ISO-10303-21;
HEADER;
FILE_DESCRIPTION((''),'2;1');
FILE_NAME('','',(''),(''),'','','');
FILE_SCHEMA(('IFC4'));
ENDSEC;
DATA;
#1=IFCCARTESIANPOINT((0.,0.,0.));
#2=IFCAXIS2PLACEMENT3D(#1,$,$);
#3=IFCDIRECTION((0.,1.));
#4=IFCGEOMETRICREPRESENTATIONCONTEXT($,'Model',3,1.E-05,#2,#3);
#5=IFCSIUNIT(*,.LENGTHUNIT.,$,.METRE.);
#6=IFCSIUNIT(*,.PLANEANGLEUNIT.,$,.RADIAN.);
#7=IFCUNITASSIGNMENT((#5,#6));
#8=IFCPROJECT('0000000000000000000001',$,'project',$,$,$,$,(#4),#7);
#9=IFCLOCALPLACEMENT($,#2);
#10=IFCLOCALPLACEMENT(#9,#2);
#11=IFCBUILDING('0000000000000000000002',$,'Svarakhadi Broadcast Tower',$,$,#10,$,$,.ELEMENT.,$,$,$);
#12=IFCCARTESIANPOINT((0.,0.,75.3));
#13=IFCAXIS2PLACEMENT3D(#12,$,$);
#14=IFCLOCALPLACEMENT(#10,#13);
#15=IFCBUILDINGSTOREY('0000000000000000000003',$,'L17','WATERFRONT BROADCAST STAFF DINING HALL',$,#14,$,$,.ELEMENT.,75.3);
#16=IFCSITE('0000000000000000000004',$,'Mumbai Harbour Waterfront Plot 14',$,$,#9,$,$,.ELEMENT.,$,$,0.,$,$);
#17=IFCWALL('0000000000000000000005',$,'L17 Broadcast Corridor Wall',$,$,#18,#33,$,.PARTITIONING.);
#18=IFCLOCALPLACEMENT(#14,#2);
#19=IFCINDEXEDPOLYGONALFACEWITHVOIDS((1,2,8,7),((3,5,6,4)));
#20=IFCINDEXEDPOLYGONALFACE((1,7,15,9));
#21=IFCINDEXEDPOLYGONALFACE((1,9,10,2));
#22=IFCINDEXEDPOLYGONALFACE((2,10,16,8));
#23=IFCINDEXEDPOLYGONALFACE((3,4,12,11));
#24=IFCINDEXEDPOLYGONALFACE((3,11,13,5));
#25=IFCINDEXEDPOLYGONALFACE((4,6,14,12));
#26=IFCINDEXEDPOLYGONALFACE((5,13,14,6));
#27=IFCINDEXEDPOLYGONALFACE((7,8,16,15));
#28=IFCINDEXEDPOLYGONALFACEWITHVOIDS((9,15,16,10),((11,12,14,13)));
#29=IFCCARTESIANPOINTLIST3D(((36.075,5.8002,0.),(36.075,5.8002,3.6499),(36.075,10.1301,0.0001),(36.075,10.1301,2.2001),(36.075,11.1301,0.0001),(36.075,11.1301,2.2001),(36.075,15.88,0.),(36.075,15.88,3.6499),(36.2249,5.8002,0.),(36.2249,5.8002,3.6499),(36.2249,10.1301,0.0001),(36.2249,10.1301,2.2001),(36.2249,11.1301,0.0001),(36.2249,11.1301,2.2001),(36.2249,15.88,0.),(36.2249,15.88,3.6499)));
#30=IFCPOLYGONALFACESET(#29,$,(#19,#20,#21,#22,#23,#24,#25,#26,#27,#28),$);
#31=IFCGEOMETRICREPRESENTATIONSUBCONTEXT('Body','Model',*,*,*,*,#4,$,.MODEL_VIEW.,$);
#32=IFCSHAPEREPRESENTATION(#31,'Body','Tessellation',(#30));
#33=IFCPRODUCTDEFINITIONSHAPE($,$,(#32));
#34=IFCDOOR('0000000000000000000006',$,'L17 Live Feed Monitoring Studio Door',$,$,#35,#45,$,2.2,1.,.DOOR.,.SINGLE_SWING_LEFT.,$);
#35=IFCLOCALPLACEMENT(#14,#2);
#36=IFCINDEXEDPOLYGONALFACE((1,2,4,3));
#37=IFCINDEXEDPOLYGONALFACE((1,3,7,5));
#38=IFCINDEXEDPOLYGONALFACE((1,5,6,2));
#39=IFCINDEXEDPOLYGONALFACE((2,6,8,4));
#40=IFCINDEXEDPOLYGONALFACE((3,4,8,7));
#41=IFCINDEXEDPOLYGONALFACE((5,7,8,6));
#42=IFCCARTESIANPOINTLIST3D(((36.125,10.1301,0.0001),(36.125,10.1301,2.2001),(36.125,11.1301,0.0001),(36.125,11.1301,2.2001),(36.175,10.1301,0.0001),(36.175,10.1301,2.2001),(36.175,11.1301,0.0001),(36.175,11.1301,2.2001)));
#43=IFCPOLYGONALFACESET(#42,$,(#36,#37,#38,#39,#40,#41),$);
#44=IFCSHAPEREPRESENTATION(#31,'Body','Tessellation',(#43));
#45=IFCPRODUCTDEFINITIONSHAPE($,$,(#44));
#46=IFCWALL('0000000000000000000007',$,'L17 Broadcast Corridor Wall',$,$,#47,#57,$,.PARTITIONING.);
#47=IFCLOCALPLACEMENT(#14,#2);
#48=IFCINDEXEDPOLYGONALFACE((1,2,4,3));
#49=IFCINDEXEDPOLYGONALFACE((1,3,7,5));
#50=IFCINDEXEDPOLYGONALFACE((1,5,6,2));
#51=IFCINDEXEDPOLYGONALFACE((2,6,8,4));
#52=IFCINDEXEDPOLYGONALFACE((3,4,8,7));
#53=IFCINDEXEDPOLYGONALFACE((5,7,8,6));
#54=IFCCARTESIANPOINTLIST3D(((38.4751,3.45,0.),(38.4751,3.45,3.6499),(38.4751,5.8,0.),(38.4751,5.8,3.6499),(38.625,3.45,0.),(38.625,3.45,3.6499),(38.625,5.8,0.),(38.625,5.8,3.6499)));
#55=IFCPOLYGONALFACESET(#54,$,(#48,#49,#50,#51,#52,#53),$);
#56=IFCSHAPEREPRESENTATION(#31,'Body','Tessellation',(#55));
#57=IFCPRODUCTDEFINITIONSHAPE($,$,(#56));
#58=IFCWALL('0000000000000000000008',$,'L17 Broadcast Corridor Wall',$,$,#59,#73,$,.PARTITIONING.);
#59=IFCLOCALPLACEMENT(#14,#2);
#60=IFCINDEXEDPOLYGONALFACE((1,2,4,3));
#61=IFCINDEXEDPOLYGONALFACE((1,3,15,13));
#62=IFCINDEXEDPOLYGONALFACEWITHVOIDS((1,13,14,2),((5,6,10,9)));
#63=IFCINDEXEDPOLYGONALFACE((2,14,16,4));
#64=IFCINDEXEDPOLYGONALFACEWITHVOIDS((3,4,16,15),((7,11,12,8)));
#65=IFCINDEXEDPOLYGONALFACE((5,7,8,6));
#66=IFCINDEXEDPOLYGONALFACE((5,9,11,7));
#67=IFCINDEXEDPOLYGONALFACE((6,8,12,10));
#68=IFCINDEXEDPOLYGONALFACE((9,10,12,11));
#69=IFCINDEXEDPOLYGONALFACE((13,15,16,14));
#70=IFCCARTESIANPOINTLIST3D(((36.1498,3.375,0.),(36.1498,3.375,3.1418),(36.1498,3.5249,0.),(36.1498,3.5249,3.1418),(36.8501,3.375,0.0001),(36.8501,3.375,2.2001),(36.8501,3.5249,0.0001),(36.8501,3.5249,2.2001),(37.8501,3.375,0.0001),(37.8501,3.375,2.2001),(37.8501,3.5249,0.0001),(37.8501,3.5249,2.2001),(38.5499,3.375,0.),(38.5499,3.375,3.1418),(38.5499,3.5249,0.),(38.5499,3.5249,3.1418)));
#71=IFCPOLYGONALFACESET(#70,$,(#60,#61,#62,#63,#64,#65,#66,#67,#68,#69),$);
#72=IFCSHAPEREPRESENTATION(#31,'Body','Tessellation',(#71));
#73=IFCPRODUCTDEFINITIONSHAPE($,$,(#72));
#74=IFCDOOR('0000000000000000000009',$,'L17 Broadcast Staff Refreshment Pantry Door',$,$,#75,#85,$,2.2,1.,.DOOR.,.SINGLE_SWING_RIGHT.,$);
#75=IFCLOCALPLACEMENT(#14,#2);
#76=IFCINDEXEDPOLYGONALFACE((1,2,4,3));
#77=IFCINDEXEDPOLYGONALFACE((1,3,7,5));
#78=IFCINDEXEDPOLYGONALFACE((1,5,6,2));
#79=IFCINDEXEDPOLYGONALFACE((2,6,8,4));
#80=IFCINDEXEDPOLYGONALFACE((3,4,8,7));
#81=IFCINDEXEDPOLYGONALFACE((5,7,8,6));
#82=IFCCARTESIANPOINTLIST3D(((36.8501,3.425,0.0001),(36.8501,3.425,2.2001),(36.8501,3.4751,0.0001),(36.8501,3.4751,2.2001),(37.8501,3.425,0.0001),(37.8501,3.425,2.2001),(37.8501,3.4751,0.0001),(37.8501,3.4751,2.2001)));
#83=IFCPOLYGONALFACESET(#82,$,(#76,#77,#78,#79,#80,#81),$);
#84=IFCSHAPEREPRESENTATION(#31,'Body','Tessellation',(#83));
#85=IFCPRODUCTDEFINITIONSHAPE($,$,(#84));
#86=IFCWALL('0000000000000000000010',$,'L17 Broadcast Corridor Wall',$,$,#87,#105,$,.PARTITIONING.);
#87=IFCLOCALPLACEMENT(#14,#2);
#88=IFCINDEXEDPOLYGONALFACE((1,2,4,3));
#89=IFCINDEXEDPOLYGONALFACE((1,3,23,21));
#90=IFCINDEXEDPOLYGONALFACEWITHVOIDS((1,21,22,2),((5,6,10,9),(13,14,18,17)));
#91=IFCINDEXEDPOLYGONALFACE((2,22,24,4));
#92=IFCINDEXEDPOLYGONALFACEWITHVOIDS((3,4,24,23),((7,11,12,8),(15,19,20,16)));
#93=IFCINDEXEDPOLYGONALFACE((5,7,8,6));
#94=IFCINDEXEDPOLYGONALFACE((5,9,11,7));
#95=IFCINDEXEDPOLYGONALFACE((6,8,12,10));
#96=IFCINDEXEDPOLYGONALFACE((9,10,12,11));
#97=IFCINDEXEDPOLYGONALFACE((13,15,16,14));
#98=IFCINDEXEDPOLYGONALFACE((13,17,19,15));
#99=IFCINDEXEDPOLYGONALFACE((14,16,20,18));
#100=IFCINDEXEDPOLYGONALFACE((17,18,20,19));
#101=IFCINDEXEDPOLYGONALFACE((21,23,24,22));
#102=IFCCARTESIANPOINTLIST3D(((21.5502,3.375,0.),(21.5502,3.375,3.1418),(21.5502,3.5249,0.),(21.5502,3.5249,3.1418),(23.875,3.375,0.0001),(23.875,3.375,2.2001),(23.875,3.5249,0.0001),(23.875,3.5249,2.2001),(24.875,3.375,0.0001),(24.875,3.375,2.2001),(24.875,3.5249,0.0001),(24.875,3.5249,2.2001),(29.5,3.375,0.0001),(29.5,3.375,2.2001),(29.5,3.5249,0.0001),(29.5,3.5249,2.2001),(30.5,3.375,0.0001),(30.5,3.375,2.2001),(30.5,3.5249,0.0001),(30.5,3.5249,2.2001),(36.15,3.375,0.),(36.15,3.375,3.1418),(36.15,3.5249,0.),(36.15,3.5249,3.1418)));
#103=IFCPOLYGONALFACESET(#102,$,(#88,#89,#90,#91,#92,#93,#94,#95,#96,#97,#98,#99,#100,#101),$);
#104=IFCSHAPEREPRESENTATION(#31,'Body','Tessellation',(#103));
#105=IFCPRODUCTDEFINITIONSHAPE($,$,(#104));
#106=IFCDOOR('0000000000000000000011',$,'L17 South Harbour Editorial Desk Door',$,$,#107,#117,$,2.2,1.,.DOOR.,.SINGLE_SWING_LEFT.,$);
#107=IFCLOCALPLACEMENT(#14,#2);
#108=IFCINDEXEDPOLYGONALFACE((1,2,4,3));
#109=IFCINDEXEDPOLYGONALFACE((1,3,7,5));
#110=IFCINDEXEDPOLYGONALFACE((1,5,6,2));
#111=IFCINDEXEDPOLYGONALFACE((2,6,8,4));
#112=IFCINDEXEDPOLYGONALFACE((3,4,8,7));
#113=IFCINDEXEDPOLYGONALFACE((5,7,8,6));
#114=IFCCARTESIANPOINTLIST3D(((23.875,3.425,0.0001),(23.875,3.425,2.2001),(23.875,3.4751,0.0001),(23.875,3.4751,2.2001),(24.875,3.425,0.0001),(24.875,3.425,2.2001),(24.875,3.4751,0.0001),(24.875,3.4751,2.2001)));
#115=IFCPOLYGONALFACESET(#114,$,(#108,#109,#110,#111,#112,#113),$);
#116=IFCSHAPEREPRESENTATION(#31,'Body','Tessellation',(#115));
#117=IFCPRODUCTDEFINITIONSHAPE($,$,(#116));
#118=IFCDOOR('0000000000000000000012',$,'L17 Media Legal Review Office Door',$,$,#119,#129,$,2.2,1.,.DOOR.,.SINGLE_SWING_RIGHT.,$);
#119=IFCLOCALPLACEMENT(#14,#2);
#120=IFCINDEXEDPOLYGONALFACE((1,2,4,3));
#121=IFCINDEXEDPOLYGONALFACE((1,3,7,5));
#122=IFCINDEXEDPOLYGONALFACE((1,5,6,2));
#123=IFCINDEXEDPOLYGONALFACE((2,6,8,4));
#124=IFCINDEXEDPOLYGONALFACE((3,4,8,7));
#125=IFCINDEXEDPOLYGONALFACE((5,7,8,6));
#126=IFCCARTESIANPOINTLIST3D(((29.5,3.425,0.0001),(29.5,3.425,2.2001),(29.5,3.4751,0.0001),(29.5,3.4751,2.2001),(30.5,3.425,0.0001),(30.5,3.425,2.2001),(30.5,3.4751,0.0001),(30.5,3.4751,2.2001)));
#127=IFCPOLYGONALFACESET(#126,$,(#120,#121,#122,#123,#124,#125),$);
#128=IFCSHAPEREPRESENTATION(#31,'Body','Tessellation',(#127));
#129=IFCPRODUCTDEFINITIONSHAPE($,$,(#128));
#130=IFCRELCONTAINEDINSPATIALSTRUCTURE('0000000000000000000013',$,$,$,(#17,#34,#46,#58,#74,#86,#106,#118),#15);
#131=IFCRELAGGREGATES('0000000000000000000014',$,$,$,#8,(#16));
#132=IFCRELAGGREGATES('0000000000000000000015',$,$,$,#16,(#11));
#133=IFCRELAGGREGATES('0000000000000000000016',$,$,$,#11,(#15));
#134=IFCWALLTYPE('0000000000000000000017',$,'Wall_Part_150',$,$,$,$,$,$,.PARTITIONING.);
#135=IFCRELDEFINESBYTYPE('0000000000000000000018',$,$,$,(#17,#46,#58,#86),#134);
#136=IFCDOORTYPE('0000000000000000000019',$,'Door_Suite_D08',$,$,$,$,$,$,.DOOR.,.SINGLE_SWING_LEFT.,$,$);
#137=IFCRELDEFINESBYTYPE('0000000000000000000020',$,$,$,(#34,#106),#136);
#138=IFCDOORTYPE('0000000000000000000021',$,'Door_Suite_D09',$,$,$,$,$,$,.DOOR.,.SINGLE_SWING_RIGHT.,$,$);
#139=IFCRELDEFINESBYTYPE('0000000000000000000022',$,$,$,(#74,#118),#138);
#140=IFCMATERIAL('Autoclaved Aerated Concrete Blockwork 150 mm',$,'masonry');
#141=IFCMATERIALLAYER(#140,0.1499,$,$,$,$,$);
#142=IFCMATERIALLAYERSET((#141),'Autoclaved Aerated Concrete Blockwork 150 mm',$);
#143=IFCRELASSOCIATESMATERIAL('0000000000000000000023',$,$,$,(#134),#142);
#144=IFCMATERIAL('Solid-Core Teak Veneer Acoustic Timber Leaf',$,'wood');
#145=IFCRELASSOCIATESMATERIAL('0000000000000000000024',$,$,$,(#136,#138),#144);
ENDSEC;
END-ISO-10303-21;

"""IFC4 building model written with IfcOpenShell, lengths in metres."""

from ifc_helpers import new_model, si_unit, direction, frame, frame_2d, origin, place, context, subcontext, project, spatial, rectangle, extrude, material, layer, layer_set, type_object, element, fill, save


model = new_model("IFC4")

# Units and contexts
model_context = context("Model", 3, precision=1e-05, world=origin(), true_north=direction((0.0, 1.0)))
body_context = subcontext(model_context, "Body", "Model", "MODEL_VIEW")
ifc_project = project(units=[si_unit("LENGTHUNIT", "METRE"), si_unit("PLANEANGLEUNIT", "RADIAN")], contexts=[model_context])

# Site, building, storey
site_placement = place(None, origin())
site = spatial("IfcSite", under=ifc_project, at=site_placement, Name="Mumbai Harbour Waterfront Plot 14", CompositionType="ELEMENT", RefElevation=0.0)
building_placement = place(site_placement, origin())
building = spatial("IfcBuilding", under=site, at=building_placement, Name="Svarakhadi Broadcast Tower", CompositionType="ELEMENT")
storey_placement = place(building_placement, frame((0.0, 0.0, 75.3)))
storey = spatial("IfcBuildingStorey", under=building, at=storey_placement, Name="L17", Description="WATERFRONT BROADCAST STAFF DINING HALL", CompositionType="ELEMENT", Elevation=75.3)

# Wall, opening, door
ifc_material_1 = material(Name="Autoclaved Aerated Concrete Blockwork 150 mm", Category="masonry")
ifc_layer_1 = layer(ifc_material_1, 0.1499)
ifc_layer_set_1 = layer_set([ifc_layer_1], Name="Autoclaved Aerated Concrete Blockwork 150 mm")
wall_type_1 = type_object("IfcWallType", Name="Wall_Part_150", PredefinedType="PARTITIONING", material=ifc_layer_set_1)
wall_1_placement = place(storey_placement, frame((36.1499, 5.8, 0.0), z_axis=(0.0, 0.0, 1.0), x_axis=(0.0, 1.0, 0.0)))
wall_1 = element("IfcWall", 1, at=wall_1_placement, inside=storey, type_object=wall_type_1, Name="L17 Broadcast Corridor Wall", PredefinedType="PARTITIONING", context=body_context, shape_type="SweptSolid", body=[
    extrude(rectangle(XDim=10.0798, YDim=0.1499, at=frame_2d((5.04, 0.0))), origin(), (0.0, 0.0, 1.0), 3.6499),
])
opening_1_placement = place(wall_1_placement, frame((4.3301, 0.0, 0.0)))
opening_1 = element("IfcOpeningElement", 2, at=opening_1_placement, cuts=wall_1, PredefinedType="OPENING", context=body_context, shape_type="SweptSolid", body=[
    extrude(rectangle(XDim=1.0, YDim=2.2, at=frame_2d((0.5, 1.1001))), frame((0.0, 0.085, 0.0), z_axis=(0.0, -1.0, 0.0), x_axis=(1.0, 0.0, 0.0)), (0.0, 0.0, 1.0), 0.1699),
])
ifc_material_2 = material(Name="Solid-Core Teak Veneer Acoustic Timber Leaf", Category="wood")
door_type_1 = type_object("IfcDoorType", Name="Door_Suite_D08", OperationType="SINGLE_SWING_LEFT", PredefinedType="DOOR", material=ifc_material_2)
door_1_placement = place(opening_1_placement, origin())
door_1 = element("IfcDoor", 3, at=door_1_placement, inside=storey, type_object=door_type_1, Name="L17 Live Feed Monitoring Studio Door", OperationType="SINGLE_SWING_LEFT", OverallHeight=2.2, OverallWidth=1.0, PredefinedType="DOOR", context=body_context, shape_type="SweptSolid", body=[
    extrude(rectangle(XDim=1.0, YDim=2.2, at=frame_2d((0.5, 1.1001))), frame((0.0, 0.0249, 0.0), z_axis=(0.0, -1.0, 0.0), x_axis=(1.0, 0.0, 0.0)), (0.0, 0.0, 1.0), 0.05),
])
fill(opening_1, door_1)

# Wall
wall_2_placement = place(storey_placement, frame((38.55, 5.8, 0.0), z_axis=(0.0, 0.0, 1.0), x_axis=(0.0, -1.0, 0.0)))
element("IfcWall", 4, at=wall_2_placement, inside=storey, type_object=wall_type_1, Name="L17 Broadcast Corridor Wall", PredefinedType="PARTITIONING", context=body_context, shape_type="SweptSolid", body=[
    extrude(rectangle(XDim=2.3501, YDim=0.1499, at=frame_2d((1.175, 0.0))), origin(), (0.0, 0.0, 1.0), 3.6499),
])

# Wall, opening, door
wall_3_placement = place(storey_placement, frame((38.55, 3.45, 0.0), z_axis=(0.0, 0.0, 1.0), x_axis=(-1.0, 0.0, 0.0)))
wall_3 = element("IfcWall", 5, at=wall_3_placement, inside=storey, type_object=wall_type_1, Name="L17 Broadcast Corridor Wall", PredefinedType="PARTITIONING", context=body_context, shape_type="SweptSolid", body=[
    extrude(rectangle(XDim=2.4001, YDim=0.1499, at=frame_2d((1.2002, 0.0))), origin(), (0.0, 0.0, 1.0), 3.1418),
])
opening_2_placement = place(wall_3_placement, frame((0.7, 0.0, 0.0)))
opening_2 = element("IfcOpeningElement", 6, at=opening_2_placement, cuts=wall_3, PredefinedType="OPENING", context=body_context, shape_type="SweptSolid", body=[
    extrude(rectangle(XDim=1.0, YDim=2.2, at=frame_2d((0.5, 1.1001))), frame((0.0, 0.085, 0.0), z_axis=(0.0, -1.0, 0.0), x_axis=(1.0, 0.0, 0.0)), (0.0, 0.0, 1.0), 0.1699),
])
door_type_2 = type_object("IfcDoorType", Name="Door_Suite_D09", OperationType="SINGLE_SWING_RIGHT", PredefinedType="DOOR", material=ifc_material_2)
door_2_placement = place(opening_2_placement, origin())
door_2 = element("IfcDoor", 7, at=door_2_placement, inside=storey, type_object=door_type_2, Name="L17 Broadcast Staff Refreshment Pantry Door", OperationType="SINGLE_SWING_RIGHT", OverallHeight=2.2, OverallWidth=1.0, PredefinedType="DOOR", context=body_context, shape_type="SweptSolid", body=[
    extrude(rectangle(XDim=1.0, YDim=2.2, at=frame_2d((0.5, 1.1001))), frame((0.0, 0.0249, 0.0), z_axis=(0.0, -1.0, 0.0), x_axis=(1.0, 0.0, 0.0)), (0.0, 0.0, 1.0), 0.05),
])
fill(opening_2, door_2)

# Wall, openings, doors
wall_4_placement = place(storey_placement, frame((36.1499, 3.45, 0.0), z_axis=(0.0, 0.0, 1.0), x_axis=(-1.0, 0.0, 0.0)))
wall_4 = element("IfcWall", 8, at=wall_4_placement, inside=storey, type_object=wall_type_1, Name="L17 Broadcast Corridor Wall", PredefinedType="PARTITIONING", context=body_context, shape_type="SweptSolid", body=[
    extrude(rectangle(XDim=14.5999, YDim=0.1499, at=frame_2d((7.2998, 0.0))), origin(), (0.0, 0.0, 1.0), 3.1418),
])
opening_3_placement = place(wall_4_placement, frame((11.2749, 0.0, 0.0)))
opening_3 = element("IfcOpeningElement", 9, at=opening_3_placement, cuts=wall_4, PredefinedType="OPENING", context=body_context, shape_type="SweptSolid", body=[
    extrude(rectangle(XDim=1.0, YDim=2.2, at=frame_2d((0.5, 1.1001))), frame((0.0, 0.085, 0.0), z_axis=(0.0, -1.0, 0.0), x_axis=(1.0, 0.0, 0.0)), (0.0, 0.0, 1.0), 0.1699),
])
opening_4_placement = place(wall_4_placement, frame((5.6499, 0.0, 0.0)))
opening_4 = element("IfcOpeningElement", 10, at=opening_4_placement, cuts=wall_4, PredefinedType="OPENING", context=body_context, shape_type="SweptSolid", body=[
    extrude(rectangle(XDim=1.0, YDim=2.2, at=frame_2d((0.5, 1.1001))), frame((0.0, 0.085, 0.0), z_axis=(0.0, -1.0, 0.0), x_axis=(1.0, 0.0, 0.0)), (0.0, 0.0, 1.0), 0.1699),
])
door_3_placement = place(opening_3_placement, origin())
door_3 = element("IfcDoor", 11, at=door_3_placement, inside=storey, type_object=door_type_1, Name="L17 South Harbour Editorial Desk Door", OperationType="SINGLE_SWING_LEFT", OverallHeight=2.2, OverallWidth=1.0, PredefinedType="DOOR", context=body_context, shape_type="SweptSolid", body=[
    extrude(rectangle(XDim=1.0, YDim=2.2, at=frame_2d((0.5, 1.1001))), frame((0.0, 0.0249, 0.0), z_axis=(0.0, -1.0, 0.0), x_axis=(1.0, 0.0, 0.0)), (0.0, 0.0, 1.0), 0.05),
])
fill(opening_3, door_3)
door_4_placement = place(opening_4_placement, origin())
door_4 = element("IfcDoor", 12, at=door_4_placement, inside=storey, type_object=door_type_2, Name="L17 Media Legal Review Office Door", OperationType="SINGLE_SWING_RIGHT", OverallHeight=2.2, OverallWidth=1.0, PredefinedType="DOOR", context=body_context, shape_type="SweptSolid", body=[
    extrude(rectangle(XDim=1.0, YDim=2.2, at=frame_2d((0.5, 1.1001))), frame((0.0, 0.0249, 0.0), z_axis=(0.0, -1.0, 0.0), x_axis=(1.0, 0.0, 0.0)), (0.0, 0.0, 1.0), 0.05),
])
fill(opening_4, door_4)

save(model, "model.ifc")
